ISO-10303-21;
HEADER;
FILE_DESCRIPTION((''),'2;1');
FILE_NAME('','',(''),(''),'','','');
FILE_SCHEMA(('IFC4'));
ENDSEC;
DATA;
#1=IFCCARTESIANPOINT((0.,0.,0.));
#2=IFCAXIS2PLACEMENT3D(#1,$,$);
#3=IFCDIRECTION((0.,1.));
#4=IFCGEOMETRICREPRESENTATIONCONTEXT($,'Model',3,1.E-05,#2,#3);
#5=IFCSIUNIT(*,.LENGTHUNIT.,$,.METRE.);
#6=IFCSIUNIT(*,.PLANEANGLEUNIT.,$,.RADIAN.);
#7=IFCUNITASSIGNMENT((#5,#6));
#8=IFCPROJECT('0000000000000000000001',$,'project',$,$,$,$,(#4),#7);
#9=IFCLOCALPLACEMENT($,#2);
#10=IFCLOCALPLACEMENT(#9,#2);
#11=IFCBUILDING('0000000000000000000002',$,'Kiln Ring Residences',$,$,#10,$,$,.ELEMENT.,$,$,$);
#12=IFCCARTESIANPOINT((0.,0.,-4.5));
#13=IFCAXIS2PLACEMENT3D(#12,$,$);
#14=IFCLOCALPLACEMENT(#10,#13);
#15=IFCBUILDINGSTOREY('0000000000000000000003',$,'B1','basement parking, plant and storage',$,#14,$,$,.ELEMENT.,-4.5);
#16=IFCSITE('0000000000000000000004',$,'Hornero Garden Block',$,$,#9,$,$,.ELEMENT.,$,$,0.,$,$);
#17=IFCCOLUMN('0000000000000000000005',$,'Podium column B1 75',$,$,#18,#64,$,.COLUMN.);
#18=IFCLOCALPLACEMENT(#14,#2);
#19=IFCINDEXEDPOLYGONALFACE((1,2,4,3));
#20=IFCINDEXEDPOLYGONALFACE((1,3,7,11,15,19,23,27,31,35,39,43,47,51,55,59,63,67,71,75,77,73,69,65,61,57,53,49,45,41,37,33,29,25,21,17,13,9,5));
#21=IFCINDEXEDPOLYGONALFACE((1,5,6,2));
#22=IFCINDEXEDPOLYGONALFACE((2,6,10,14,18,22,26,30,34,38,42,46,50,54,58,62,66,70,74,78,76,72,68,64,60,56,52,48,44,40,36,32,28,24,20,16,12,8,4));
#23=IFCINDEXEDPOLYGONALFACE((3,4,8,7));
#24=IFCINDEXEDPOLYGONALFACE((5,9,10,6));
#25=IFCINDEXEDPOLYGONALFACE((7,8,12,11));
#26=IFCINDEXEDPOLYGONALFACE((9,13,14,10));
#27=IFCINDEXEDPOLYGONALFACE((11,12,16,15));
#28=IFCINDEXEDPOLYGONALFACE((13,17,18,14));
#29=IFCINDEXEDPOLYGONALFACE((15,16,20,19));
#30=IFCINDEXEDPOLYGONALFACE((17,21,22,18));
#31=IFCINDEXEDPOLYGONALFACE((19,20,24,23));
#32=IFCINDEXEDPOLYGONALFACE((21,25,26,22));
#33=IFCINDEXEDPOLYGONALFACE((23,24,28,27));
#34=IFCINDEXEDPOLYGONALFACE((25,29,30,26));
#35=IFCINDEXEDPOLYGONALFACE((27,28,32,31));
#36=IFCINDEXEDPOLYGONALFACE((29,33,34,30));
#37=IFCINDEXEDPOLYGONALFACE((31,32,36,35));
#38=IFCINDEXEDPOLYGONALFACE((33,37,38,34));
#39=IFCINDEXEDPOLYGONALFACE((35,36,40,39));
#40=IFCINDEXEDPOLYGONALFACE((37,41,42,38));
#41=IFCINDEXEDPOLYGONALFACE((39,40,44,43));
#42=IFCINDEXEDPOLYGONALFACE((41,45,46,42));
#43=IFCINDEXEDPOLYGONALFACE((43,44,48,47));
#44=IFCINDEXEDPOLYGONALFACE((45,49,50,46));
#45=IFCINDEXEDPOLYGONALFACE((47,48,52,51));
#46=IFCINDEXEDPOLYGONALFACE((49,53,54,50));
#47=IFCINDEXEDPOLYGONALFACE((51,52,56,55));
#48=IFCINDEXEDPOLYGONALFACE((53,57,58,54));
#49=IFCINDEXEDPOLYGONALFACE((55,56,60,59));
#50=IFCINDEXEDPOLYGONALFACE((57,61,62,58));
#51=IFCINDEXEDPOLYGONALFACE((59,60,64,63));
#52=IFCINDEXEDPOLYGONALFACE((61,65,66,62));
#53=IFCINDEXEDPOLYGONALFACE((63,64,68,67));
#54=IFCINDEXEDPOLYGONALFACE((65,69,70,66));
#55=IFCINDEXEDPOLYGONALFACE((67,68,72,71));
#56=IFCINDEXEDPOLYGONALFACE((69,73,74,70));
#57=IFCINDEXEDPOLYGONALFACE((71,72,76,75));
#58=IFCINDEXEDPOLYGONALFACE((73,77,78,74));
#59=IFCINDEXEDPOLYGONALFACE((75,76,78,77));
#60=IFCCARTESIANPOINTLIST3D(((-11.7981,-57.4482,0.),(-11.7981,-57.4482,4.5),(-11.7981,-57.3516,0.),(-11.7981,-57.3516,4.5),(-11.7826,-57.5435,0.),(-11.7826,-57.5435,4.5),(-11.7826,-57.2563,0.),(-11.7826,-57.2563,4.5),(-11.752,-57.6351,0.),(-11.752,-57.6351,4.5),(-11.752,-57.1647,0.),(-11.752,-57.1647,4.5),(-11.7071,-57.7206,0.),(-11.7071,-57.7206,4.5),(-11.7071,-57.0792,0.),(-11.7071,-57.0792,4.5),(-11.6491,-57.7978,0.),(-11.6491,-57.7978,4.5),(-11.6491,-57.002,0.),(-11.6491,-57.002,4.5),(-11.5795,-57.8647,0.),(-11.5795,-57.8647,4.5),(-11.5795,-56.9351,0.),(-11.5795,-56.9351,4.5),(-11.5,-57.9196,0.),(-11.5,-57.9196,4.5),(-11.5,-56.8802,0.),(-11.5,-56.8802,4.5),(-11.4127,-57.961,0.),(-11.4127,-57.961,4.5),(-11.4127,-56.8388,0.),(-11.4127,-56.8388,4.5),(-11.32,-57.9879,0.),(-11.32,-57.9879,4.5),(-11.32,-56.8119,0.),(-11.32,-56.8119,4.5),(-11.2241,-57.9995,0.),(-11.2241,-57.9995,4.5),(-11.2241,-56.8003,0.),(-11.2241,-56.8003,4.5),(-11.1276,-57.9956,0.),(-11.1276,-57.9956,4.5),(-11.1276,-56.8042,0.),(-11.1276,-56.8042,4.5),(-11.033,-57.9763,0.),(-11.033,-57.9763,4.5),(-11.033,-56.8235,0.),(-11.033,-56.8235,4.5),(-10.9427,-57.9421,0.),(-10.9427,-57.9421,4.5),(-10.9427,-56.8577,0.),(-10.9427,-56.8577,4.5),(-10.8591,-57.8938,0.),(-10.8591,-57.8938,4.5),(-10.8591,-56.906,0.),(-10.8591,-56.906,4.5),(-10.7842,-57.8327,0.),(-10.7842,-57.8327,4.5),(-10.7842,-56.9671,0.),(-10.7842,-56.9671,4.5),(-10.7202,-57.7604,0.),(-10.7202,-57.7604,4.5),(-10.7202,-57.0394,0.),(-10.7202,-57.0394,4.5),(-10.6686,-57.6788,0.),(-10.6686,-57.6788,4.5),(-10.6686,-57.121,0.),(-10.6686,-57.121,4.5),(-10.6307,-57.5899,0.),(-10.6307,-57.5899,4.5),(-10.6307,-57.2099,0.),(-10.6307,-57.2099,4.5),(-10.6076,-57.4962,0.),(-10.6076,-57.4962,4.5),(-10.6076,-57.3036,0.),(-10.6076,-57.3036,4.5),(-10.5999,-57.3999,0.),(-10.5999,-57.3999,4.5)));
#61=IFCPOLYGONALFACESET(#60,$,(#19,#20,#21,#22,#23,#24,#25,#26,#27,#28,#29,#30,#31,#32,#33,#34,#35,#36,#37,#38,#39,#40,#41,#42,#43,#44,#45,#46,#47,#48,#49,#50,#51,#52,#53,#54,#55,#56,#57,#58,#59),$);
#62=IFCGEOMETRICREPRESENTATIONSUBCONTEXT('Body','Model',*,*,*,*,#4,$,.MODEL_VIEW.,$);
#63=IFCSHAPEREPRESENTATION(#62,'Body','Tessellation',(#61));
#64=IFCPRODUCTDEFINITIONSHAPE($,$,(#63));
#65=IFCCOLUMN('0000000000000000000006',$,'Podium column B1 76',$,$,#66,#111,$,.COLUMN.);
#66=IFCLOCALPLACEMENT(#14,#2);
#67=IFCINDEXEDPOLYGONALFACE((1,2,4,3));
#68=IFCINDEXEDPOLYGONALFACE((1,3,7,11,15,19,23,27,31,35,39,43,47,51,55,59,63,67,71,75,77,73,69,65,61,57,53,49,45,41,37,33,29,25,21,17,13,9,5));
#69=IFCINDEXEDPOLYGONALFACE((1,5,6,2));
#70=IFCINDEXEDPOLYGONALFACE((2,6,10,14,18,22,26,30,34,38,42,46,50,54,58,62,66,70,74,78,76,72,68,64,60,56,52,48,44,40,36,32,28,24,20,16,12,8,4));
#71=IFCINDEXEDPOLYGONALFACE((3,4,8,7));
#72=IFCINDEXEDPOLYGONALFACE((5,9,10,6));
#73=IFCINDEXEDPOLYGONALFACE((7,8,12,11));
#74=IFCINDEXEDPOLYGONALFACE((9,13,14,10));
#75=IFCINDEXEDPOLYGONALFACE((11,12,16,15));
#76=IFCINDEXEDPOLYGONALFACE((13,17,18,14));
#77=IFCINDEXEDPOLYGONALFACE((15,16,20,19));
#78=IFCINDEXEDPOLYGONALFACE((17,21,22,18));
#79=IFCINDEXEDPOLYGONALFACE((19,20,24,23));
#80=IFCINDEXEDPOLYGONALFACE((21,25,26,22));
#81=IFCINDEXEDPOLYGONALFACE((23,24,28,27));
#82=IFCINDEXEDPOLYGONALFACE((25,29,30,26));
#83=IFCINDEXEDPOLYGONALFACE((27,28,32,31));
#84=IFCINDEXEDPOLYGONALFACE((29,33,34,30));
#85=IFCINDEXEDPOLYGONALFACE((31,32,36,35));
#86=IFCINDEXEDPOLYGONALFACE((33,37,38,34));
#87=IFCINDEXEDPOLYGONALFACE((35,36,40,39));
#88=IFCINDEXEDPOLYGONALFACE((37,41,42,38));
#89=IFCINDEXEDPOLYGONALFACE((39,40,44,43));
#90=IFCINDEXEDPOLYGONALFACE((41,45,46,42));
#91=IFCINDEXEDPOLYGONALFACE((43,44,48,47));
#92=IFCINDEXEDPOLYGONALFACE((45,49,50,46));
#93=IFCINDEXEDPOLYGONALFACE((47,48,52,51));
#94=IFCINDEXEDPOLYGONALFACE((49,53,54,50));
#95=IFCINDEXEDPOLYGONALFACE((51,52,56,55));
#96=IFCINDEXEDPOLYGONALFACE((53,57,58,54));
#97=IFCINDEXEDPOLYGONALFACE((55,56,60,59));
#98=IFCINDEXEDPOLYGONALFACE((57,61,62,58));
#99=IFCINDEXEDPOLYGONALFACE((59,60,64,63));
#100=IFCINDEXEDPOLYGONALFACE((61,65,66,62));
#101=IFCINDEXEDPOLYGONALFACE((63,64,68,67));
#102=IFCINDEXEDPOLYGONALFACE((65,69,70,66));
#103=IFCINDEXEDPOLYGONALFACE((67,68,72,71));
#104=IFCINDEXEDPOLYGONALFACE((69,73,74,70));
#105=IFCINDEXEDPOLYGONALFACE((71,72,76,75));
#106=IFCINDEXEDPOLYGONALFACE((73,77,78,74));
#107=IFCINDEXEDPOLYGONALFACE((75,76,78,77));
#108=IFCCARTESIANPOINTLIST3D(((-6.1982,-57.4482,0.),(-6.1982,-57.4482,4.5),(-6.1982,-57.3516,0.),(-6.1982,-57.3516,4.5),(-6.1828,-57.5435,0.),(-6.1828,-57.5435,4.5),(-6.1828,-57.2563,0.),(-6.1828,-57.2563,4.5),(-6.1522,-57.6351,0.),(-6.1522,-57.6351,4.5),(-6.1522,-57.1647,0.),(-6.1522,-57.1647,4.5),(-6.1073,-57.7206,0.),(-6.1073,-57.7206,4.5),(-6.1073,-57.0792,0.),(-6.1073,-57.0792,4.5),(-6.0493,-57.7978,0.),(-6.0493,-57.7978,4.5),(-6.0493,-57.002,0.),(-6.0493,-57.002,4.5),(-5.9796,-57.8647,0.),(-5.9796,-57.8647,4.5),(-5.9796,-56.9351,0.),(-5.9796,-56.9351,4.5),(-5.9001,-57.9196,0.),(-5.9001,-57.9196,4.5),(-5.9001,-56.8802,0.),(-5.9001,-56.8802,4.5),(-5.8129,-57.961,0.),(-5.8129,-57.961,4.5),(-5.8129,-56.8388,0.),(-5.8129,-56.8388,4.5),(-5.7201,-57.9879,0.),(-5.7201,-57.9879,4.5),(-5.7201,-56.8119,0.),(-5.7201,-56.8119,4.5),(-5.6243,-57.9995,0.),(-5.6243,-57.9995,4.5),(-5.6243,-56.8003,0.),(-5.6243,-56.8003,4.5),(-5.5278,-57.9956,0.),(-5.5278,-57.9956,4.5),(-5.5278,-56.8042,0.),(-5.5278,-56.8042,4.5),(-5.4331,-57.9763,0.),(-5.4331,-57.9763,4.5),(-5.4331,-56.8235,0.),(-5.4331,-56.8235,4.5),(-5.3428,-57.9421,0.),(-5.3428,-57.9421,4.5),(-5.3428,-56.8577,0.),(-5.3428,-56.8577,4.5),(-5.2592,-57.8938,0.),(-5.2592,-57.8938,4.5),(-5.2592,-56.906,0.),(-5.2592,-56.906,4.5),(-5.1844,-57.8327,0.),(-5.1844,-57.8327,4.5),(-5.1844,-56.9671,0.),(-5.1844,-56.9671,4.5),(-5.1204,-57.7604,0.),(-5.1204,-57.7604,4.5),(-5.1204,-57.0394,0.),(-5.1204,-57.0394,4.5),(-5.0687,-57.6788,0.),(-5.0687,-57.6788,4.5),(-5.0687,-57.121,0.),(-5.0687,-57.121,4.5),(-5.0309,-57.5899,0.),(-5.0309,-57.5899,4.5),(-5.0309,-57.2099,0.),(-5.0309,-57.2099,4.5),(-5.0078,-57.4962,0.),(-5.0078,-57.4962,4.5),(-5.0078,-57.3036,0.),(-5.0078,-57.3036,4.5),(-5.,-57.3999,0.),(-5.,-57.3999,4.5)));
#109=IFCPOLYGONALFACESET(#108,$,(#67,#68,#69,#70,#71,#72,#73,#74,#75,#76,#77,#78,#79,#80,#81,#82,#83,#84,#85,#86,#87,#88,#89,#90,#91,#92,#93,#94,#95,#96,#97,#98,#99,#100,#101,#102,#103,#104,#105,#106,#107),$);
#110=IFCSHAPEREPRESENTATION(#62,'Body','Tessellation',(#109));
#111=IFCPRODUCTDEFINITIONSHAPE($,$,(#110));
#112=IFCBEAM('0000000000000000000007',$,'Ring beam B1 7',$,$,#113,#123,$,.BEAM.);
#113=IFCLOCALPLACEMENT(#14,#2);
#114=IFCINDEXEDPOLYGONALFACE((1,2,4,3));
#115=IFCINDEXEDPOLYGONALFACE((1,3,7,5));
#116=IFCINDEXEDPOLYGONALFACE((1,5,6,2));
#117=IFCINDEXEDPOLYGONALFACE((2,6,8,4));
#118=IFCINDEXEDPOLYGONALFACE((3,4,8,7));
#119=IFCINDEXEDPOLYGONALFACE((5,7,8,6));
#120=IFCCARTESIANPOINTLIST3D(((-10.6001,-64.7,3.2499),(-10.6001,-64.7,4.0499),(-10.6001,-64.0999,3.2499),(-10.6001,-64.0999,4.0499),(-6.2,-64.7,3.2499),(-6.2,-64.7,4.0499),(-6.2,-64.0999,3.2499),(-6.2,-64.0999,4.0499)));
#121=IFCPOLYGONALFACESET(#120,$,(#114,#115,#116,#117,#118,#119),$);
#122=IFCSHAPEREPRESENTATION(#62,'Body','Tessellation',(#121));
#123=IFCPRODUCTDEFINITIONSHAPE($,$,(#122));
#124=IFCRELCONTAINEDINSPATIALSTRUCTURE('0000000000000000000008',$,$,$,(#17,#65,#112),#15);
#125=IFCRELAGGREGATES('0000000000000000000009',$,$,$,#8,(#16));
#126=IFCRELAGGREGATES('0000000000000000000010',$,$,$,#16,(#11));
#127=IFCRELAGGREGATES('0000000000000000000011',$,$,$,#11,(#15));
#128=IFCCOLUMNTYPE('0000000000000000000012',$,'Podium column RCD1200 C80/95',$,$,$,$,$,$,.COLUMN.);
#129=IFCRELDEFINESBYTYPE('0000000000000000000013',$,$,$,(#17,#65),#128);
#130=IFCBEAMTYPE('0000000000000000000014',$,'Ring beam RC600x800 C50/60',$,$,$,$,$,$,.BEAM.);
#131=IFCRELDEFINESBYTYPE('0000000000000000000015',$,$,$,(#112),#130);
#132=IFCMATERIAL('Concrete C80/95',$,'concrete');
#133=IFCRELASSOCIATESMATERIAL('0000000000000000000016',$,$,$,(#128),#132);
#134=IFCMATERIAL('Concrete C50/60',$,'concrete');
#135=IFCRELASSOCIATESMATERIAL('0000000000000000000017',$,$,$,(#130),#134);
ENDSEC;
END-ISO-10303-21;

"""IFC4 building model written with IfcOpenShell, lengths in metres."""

from ifc_helpers import new_model, si_unit, direction, frame, origin, origin_2d, place, context, subcontext, project, spatial, rectangle, circle, extrude, material, material_profile, profile_set, type_object, element, save


model = new_model("IFC4")

# Units and contexts
model_context = context("Model", 3, precision=1e-05, world=origin(), true_north=direction((0.0, 1.0)))
body_context = subcontext(model_context, "Body", "Model", "MODEL_VIEW")
ifc_project = project(units=[si_unit("LENGTHUNIT", "METRE"), si_unit("PLANEANGLEUNIT", "RADIAN")], contexts=[model_context])

# Site, building, storey
site_placement = place(None, origin())
site = spatial("IfcSite", under=ifc_project, at=site_placement, Name="Hornero Garden Block", CompositionType="ELEMENT", RefElevation=0.0)
building_placement = place(site_placement, origin())
building = spatial("IfcBuilding", under=site, at=building_placement, Name="Kiln Ring Residences", CompositionType="ELEMENT")
storey_placement = place(building_placement, frame((0.0, 0.0, -4.5)))
storey = spatial("IfcBuildingStorey", under=building, at=storey_placement, Name="B1", Description="basement parking, plant and storage", CompositionType="ELEMENT", Elevation=-4.5)

# Columns
ifc_material_1 = material(Name="Concrete C80/95", Category="concrete")
ifc_material_profile_1 = material_profile(ifc_material_1, circle(Radius=0.6001, at=origin_2d()), Name="RCD1200")
ifc_profile_set_1 = profile_set([ifc_material_profile_1], Name="Concrete C80/95")
column_type = type_object("IfcColumnType", Name="Podium column RCD1200 C80/95", PredefinedType="COLUMN", material=ifc_profile_set_1)
for number, where, z_axis, x_axis, name in (
    (1, (-11.2, -57.3999, 0.0), (0.0, 0.0, 1.0), (1.0, 0.0, 0.0), "Podium column B1 75"),
    (2, (-5.6001, -57.3999, 0.0), (0.0, 0.0, 1.0), (1.0, 0.0, 0.0), "Podium column B1 76"),
):
    element("IfcColumn", number, at=place(storey_placement, frame(where, z_axis=z_axis, x_axis=x_axis)), inside=storey, type_object=column_type, Name=name, PredefinedType="COLUMN", context=body_context, shape_type="SweptSolid", body=[
        extrude(circle(Radius=0.6001, at=origin_2d()), origin(), (0.0, 0.0, 1.0), 4.5),
    ])

# Beam
ifc_material_2 = material(Name="Concrete C50/60", Category="concrete")
ifc_material_profile_2 = material_profile(ifc_material_2, rectangle(XDim=0.6001, YDim=0.8, at=origin_2d()), Name="RC600x800")
ifc_profile_set_2 = profile_set([ifc_material_profile_2], Name="Concrete C50/60")
beam_type = type_object("IfcBeamType", Name="Ring beam RC600x800 C50/60", PredefinedType="BEAM", material=ifc_profile_set_2)
beam_placement = place(storey_placement, frame((-10.6001, -64.3999, 3.6499), z_axis=(1.0, 0.0, 0.0), x_axis=(0.0, 1.0, 0.0)))
element("IfcBeam", 3, at=beam_placement, inside=storey, type_object=beam_type, Name="Ring beam B1 7", PredefinedType="BEAM", context=body_context, shape_type="SweptSolid", body=[
    extrude(rectangle(XDim=0.6001, YDim=0.8, at=origin_2d()), origin(), (0.0, 0.0, 1.0), 4.4001),
])

save(model, "model.ifc")
